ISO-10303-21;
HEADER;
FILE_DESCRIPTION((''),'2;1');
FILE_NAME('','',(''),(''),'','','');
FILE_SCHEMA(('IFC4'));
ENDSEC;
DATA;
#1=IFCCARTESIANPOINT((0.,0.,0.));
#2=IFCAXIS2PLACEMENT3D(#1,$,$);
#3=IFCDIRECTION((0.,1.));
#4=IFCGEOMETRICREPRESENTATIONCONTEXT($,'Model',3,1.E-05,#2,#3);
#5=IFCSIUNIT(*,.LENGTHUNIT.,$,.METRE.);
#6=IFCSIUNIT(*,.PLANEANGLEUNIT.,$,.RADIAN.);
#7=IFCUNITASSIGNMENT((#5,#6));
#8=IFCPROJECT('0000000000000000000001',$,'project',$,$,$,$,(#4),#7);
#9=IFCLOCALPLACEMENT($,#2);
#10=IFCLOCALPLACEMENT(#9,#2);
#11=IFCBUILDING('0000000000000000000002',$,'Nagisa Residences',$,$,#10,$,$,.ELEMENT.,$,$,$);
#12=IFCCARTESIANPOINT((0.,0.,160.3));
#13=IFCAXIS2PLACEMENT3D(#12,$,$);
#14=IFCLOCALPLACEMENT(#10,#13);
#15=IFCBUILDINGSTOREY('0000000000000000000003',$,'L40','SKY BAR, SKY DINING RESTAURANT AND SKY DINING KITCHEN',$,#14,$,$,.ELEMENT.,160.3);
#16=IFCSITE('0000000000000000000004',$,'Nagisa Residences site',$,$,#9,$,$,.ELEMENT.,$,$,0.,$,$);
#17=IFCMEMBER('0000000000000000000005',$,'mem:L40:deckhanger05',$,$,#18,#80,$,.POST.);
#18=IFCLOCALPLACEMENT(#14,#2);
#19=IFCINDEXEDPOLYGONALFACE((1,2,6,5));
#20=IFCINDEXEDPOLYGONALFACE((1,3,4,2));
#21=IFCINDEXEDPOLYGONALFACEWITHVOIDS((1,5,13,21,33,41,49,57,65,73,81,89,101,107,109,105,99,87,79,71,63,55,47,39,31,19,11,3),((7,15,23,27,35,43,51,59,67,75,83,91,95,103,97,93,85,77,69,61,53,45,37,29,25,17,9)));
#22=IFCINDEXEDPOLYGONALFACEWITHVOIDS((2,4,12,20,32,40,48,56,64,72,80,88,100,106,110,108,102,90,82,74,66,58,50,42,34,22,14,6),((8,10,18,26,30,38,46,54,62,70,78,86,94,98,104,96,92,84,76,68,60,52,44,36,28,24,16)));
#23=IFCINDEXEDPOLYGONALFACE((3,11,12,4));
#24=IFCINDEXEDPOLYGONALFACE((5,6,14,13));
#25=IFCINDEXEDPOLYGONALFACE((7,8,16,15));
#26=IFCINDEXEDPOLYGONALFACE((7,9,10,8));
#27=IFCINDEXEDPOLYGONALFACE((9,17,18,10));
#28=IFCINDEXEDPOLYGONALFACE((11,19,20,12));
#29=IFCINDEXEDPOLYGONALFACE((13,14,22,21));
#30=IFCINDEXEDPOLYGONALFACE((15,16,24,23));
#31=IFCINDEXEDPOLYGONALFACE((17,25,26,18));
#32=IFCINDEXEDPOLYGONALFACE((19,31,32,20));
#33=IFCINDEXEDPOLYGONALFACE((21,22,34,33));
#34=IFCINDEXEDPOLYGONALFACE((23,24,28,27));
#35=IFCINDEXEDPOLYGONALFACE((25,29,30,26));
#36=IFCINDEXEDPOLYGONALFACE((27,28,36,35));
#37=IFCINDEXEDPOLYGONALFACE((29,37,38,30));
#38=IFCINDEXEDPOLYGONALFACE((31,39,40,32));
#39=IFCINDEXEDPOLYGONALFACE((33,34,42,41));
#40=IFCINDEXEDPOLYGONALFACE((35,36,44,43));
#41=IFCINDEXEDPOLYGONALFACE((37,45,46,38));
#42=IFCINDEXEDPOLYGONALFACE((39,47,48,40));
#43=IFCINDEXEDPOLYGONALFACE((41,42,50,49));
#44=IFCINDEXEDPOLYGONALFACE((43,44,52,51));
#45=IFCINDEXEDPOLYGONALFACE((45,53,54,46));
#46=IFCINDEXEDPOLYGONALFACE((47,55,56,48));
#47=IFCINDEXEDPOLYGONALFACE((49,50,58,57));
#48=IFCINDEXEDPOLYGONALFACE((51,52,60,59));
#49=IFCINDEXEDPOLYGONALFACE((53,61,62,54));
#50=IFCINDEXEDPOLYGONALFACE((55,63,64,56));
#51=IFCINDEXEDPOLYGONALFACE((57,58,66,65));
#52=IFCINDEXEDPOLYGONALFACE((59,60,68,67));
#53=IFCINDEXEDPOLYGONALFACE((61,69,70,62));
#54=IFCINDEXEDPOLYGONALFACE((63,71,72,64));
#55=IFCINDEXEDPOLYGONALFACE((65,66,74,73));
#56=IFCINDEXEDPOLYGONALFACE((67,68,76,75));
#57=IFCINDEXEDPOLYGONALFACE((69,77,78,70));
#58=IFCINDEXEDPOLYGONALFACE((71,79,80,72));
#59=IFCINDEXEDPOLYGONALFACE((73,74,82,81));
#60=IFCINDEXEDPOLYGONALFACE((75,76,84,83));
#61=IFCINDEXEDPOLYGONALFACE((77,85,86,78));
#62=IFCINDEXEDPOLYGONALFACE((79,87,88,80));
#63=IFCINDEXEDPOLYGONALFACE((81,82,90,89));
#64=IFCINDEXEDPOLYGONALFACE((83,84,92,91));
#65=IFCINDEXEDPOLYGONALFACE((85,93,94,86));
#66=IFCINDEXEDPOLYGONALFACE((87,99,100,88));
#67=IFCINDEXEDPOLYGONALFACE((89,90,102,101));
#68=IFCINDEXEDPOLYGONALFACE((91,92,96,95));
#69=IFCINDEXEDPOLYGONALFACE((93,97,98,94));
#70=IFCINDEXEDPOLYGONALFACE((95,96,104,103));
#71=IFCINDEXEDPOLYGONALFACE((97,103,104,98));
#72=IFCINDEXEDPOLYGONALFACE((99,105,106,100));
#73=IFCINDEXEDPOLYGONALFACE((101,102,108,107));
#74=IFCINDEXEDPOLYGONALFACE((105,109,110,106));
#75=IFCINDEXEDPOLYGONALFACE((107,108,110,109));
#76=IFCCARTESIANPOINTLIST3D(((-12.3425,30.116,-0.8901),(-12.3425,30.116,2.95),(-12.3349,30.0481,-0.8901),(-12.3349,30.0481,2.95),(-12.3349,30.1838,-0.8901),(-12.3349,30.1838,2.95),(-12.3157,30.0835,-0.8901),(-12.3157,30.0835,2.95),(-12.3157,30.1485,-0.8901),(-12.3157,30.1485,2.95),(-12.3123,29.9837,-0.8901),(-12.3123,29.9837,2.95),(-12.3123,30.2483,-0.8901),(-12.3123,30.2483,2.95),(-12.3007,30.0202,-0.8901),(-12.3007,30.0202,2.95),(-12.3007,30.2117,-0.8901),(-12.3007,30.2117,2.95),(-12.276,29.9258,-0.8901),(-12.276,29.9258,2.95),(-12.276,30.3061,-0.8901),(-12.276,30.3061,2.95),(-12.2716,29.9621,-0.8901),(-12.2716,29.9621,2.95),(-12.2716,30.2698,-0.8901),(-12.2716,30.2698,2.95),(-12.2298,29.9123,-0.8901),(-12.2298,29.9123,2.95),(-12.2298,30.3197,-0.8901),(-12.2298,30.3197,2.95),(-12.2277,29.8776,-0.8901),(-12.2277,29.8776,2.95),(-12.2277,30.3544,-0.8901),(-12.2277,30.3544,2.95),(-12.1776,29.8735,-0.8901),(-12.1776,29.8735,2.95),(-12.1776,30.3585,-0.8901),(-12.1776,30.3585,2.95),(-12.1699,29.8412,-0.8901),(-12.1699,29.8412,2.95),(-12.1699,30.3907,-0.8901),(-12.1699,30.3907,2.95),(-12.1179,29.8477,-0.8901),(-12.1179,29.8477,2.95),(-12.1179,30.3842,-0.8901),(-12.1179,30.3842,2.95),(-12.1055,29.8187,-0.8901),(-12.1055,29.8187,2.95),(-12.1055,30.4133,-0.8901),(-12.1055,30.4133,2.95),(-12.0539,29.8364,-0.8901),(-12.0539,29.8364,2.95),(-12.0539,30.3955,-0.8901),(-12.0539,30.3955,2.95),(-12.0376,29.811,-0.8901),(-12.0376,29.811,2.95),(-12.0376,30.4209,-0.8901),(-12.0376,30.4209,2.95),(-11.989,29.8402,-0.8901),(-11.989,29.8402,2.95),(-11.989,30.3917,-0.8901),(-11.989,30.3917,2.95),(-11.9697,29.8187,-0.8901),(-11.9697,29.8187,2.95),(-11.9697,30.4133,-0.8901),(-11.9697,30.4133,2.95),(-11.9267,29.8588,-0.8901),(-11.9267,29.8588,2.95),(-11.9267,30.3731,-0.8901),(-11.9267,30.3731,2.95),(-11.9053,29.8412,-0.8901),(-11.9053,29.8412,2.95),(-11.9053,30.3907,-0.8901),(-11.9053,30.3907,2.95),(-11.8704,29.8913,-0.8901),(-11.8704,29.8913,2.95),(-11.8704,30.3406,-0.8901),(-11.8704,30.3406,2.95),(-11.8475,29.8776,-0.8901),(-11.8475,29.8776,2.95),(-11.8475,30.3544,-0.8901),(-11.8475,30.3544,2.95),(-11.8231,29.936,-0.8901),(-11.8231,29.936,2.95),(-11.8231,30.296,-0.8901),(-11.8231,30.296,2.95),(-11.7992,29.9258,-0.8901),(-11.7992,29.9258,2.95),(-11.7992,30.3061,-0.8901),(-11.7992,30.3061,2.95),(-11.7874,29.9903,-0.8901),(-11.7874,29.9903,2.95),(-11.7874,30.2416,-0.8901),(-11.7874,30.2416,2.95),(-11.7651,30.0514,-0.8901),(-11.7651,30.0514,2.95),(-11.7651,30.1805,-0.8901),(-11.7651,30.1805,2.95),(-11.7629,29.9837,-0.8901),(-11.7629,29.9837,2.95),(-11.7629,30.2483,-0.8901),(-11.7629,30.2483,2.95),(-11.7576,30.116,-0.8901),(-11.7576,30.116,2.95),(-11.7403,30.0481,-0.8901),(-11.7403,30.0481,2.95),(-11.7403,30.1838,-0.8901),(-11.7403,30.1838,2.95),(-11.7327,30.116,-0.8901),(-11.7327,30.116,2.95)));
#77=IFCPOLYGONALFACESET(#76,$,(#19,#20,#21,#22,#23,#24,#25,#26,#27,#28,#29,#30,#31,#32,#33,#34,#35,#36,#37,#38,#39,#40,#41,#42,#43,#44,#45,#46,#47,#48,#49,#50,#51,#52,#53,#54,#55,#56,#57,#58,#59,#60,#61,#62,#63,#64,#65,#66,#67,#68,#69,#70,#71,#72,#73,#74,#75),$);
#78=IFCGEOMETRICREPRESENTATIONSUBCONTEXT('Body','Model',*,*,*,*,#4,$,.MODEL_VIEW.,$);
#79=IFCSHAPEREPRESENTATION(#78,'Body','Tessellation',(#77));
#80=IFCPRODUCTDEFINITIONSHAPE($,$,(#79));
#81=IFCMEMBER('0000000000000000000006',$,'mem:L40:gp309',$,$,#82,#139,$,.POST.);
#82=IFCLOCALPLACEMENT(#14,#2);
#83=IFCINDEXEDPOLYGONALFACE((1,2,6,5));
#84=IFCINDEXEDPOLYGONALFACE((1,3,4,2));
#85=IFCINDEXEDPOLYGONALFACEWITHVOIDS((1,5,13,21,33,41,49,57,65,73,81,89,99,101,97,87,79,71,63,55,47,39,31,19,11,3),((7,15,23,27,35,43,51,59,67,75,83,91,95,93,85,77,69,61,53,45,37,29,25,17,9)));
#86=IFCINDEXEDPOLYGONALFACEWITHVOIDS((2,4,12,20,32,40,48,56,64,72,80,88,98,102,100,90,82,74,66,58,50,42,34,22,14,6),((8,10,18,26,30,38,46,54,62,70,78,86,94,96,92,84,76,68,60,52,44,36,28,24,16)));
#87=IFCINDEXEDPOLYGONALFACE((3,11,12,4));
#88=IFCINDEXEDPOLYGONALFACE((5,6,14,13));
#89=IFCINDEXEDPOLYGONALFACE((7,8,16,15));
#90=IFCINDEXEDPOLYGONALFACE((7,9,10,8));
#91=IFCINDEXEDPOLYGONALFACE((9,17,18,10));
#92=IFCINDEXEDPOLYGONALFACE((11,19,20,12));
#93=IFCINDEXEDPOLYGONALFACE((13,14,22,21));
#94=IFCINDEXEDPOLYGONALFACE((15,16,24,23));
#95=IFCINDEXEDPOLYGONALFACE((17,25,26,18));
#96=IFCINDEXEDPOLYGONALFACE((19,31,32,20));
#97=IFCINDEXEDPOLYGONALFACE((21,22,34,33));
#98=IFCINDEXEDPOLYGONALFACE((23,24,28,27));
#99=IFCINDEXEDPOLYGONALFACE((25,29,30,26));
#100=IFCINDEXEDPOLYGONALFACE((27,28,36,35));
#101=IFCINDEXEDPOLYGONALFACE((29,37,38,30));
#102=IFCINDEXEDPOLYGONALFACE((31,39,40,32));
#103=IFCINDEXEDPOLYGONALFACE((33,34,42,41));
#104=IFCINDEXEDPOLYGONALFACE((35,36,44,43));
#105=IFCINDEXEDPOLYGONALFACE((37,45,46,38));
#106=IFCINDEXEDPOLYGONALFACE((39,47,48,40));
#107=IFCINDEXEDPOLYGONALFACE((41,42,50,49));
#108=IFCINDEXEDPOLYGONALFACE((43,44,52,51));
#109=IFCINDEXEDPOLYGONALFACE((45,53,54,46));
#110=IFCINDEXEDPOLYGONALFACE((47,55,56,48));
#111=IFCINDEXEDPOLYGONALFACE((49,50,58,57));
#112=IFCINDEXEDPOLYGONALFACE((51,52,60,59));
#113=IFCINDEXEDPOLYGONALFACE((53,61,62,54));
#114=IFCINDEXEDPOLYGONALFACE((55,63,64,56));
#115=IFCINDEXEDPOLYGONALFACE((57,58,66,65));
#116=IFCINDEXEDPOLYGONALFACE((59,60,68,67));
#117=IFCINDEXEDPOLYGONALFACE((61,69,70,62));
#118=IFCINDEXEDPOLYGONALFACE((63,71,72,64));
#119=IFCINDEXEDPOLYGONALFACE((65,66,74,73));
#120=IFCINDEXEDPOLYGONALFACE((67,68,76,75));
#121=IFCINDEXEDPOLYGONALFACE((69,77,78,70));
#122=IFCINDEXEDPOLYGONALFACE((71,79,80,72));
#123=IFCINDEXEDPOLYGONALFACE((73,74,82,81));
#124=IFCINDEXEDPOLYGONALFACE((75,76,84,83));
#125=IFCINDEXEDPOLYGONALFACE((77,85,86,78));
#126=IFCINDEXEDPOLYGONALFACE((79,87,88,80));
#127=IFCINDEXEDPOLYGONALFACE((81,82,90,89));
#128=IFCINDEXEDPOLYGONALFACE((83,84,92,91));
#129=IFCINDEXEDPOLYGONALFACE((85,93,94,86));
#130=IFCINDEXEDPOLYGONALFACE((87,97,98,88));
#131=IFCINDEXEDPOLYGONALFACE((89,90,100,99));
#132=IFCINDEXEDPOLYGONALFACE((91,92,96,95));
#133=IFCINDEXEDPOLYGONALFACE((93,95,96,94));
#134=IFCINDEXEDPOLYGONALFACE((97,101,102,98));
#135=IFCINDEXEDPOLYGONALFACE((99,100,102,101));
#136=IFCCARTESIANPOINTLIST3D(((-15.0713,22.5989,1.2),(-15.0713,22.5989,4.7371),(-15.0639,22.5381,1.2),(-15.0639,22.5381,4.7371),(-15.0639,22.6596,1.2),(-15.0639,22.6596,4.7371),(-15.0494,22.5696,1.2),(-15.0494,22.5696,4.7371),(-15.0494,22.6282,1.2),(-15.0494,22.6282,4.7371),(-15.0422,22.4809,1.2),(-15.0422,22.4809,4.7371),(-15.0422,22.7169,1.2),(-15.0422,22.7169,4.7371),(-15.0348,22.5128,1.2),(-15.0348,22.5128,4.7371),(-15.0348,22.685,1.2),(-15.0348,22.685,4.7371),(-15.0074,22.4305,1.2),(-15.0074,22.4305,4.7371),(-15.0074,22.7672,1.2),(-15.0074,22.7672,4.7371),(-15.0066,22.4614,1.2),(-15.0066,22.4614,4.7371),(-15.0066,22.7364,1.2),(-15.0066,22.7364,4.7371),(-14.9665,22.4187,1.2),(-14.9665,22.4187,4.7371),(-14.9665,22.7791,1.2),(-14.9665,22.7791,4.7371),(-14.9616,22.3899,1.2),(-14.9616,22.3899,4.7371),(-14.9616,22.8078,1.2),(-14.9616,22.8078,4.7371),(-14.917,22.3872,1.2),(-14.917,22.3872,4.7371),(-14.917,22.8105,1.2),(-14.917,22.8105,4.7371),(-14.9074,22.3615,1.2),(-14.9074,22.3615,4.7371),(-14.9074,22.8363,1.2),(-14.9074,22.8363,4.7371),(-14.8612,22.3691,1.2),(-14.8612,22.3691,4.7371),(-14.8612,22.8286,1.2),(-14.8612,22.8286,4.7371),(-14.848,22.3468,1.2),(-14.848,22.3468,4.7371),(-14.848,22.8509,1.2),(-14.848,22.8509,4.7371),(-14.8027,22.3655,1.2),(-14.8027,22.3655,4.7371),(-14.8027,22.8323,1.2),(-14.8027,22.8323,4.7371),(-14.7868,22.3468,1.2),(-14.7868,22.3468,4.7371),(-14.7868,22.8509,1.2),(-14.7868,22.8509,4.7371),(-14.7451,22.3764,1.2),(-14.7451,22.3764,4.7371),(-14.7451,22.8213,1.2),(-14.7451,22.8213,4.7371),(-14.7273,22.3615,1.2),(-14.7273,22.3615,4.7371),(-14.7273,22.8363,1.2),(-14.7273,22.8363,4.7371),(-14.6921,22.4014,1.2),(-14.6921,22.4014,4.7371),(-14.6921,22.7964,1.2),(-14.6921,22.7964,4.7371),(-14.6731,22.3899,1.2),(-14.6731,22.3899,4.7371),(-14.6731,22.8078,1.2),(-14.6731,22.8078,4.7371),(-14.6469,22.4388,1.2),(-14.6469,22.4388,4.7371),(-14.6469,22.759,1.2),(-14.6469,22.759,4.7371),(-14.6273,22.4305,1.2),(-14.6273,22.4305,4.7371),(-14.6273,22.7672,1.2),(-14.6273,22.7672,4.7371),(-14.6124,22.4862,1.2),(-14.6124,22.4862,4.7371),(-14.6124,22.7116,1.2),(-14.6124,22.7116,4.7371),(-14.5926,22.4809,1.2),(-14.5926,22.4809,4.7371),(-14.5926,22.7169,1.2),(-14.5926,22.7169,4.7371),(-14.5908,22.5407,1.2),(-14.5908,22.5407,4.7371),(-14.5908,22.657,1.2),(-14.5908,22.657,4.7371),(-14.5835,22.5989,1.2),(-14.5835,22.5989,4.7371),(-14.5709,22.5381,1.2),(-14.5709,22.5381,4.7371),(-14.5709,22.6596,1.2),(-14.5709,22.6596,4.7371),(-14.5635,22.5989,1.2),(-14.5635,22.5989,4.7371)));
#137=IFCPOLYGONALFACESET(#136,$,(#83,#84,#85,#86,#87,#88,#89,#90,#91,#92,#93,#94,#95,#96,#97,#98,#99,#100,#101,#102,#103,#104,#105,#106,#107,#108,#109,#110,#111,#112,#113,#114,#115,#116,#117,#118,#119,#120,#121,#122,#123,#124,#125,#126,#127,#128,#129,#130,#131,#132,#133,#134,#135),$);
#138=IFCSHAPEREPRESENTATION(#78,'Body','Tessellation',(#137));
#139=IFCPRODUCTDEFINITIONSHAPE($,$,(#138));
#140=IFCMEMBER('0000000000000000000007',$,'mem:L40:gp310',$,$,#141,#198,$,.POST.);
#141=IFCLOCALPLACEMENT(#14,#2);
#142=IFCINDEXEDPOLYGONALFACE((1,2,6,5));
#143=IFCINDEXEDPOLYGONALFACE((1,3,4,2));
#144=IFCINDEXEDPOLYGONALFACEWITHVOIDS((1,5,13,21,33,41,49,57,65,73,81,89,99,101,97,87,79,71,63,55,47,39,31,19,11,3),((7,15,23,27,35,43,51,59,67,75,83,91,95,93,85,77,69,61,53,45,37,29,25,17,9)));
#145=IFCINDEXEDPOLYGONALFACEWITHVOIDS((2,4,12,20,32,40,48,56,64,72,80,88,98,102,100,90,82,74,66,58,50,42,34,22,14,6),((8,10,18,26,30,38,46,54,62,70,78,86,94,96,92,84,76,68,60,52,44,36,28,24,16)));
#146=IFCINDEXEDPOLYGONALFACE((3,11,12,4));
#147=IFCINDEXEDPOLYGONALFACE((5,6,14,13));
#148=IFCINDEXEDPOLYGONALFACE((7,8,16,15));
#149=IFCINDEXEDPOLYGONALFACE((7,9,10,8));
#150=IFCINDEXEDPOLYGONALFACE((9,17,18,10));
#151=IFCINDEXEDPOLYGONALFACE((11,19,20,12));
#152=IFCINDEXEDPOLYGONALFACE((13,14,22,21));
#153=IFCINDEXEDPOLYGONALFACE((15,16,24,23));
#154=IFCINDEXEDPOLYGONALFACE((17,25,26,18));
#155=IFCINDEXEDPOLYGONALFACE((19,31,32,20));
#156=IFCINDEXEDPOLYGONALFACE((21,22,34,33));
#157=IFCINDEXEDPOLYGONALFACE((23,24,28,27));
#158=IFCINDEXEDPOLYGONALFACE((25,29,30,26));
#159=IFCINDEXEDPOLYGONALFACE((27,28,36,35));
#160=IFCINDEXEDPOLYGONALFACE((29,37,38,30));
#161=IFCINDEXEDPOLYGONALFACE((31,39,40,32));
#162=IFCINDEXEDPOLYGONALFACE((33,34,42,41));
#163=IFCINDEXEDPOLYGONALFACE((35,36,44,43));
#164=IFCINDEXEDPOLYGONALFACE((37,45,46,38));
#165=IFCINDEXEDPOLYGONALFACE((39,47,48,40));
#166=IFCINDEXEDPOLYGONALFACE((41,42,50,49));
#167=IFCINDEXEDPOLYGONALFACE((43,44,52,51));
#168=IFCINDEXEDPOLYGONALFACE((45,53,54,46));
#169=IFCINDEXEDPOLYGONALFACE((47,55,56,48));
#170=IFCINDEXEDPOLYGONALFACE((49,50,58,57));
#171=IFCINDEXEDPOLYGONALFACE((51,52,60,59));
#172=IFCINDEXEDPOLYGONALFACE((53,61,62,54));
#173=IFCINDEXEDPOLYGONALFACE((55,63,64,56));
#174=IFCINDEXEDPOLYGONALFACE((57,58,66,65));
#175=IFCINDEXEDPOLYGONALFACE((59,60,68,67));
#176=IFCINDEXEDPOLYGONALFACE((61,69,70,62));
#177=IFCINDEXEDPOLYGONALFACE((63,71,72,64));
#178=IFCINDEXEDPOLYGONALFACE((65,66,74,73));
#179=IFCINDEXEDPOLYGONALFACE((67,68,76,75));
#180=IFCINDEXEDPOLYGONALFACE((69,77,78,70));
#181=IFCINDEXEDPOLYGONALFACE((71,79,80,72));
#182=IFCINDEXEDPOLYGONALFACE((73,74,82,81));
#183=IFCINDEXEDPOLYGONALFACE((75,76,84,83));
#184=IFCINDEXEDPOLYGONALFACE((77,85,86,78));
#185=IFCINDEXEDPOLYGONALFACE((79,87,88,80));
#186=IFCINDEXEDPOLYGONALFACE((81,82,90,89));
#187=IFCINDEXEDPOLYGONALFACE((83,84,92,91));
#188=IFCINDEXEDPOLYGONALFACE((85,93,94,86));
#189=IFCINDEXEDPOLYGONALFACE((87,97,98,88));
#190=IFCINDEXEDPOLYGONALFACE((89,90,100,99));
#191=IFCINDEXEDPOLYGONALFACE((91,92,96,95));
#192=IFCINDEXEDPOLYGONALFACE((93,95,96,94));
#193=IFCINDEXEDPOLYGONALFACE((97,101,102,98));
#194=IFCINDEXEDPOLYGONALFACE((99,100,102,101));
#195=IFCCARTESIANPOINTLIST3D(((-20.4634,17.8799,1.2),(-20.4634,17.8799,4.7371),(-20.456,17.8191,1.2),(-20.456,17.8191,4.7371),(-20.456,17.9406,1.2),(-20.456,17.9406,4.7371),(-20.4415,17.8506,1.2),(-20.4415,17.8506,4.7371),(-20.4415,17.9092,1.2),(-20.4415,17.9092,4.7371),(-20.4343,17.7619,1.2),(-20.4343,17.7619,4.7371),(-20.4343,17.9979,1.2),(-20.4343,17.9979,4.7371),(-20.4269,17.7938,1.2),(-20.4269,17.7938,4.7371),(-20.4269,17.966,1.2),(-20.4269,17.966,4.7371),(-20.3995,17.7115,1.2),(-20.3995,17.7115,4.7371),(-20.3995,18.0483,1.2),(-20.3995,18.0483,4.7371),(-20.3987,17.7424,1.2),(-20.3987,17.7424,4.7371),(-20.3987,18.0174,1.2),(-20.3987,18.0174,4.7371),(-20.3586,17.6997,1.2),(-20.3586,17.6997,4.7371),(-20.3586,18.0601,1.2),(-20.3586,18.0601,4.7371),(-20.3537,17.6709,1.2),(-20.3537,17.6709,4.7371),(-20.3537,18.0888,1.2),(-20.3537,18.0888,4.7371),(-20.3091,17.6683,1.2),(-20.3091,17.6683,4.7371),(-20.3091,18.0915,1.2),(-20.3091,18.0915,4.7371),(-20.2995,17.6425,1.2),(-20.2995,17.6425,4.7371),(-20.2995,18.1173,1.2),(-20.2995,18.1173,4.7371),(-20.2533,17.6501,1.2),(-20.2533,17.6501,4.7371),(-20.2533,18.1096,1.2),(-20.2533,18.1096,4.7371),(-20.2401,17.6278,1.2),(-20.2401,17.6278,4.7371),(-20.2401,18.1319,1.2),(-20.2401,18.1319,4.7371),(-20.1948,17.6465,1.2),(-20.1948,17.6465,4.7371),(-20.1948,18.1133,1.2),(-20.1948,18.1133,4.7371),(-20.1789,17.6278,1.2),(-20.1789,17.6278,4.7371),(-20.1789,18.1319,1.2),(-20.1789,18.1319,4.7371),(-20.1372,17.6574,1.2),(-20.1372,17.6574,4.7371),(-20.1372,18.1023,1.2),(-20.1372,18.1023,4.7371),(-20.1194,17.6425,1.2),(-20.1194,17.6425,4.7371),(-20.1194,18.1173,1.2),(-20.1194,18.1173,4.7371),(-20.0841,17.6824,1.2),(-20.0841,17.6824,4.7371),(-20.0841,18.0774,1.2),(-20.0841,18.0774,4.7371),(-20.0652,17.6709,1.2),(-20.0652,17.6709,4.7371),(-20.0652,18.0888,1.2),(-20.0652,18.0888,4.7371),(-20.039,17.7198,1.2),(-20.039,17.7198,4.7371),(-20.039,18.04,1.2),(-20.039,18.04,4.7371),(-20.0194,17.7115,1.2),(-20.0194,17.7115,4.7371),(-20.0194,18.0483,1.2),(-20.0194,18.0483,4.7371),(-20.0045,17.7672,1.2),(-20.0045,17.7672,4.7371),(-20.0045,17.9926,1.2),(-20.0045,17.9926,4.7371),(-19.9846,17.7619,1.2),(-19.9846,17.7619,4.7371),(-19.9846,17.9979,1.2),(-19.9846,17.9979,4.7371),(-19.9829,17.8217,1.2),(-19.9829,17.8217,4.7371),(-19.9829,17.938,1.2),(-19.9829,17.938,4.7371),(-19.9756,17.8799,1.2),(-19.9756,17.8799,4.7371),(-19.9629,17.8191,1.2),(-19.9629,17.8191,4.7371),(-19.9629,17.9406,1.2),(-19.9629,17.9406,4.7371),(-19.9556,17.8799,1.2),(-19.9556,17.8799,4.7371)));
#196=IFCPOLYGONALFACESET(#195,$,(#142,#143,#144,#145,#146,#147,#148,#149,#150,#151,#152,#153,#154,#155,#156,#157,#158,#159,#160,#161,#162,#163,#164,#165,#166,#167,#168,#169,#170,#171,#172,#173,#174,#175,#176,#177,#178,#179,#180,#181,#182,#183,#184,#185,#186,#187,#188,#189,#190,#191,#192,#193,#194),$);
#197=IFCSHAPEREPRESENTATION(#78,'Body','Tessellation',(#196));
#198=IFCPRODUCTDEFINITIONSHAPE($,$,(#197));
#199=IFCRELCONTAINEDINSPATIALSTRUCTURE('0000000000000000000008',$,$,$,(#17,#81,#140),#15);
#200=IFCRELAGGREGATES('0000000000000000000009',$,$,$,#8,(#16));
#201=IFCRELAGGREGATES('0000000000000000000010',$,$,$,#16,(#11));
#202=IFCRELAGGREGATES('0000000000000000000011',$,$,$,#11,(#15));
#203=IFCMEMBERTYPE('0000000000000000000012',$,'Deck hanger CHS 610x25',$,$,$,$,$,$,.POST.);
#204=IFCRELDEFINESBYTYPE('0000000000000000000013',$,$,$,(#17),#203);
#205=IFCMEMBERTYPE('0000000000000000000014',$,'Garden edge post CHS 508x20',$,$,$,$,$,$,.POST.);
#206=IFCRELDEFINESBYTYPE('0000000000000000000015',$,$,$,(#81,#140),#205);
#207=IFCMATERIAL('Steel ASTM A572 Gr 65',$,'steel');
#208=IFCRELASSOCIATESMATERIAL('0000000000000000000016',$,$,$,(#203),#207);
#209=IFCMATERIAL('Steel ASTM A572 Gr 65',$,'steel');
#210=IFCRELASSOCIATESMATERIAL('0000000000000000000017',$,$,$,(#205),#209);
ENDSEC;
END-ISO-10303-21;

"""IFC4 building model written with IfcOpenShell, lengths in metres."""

from ifc_helpers import new_model, si_unit, direction, frame, origin, origin_2d, place, context, subcontext, project, spatial, hollow_circle, extrude, material, material_profile, profile_set, type_object, element, save


model = new_model("IFC4")

# Units and contexts
model_context = context("Model", 3, precision=1e-05, world=origin(), true_north=direction((0.0, 1.0)))
body_context = subcontext(model_context, "Body", "Model", "MODEL_VIEW")
ifc_project = project(units=[si_unit("LENGTHUNIT", "METRE"), si_unit("PLANEANGLEUNIT", "RADIAN")], contexts=[model_context])

# Site, building, storey
site_placement = place(None, origin())
site = spatial("IfcSite", under=ifc_project, at=site_placement, Name="Nagisa Residences site", CompositionType="ELEMENT", RefElevation=0.0)
building_placement = place(site_placement, origin())
building = spatial("IfcBuilding", under=site, at=building_placement, Name="Nagisa Residences", CompositionType="ELEMENT")
storey_placement = place(building_placement, frame((0.0, 0.0, 160.3)))
storey = spatial("IfcBuildingStorey", under=building, at=storey_placement, Name="L40", Description="SKY BAR, SKY DINING RESTAURANT AND SKY DINING KITCHEN", CompositionType="ELEMENT", Elevation=160.3)

# Members
ifc_material_1 = material(Name="Steel ASTM A572 Gr 65", Category="steel")
ifc_material_profile_1 = material_profile(ifc_material_1, hollow_circle(Radius=0.3049, WallThickness=0.0249, at=origin_2d()), Name="CHS 610x25")
ifc_profile_set_1 = profile_set([ifc_material_profile_1], Name="Steel ASTM A572 Gr 65")
member_type_1 = type_object("IfcMemberType", Name="Deck hanger CHS 610x25", PredefinedType="POST", material=ifc_profile_set_1)
member_1_placement = place(storey_placement, frame((-12.0376, 30.116, 2.95), z_axis=(0.0, 0.0, -1.0), x_axis=(1.0, 0.0, 0.0)))
element("IfcMember", 1, at=member_1_placement, inside=storey, type_object=member_type_1, Name="mem:L40:deckhanger05", PredefinedType="POST", context=body_context, shape_type="SweptSolid", body=[
    extrude(hollow_circle(Radius=0.3049, WallThickness=0.0249, at=origin_2d()), origin(), (0.0, 0.0, 1.0), 3.8401),
])
ifc_material_2 = material(Name="Steel ASTM A572 Gr 65", Category="steel")
ifc_material_profile_2 = material_profile(ifc_material_2, hollow_circle(Radius=0.2539, WallThickness=0.02, at=origin_2d()), Name="CHS 508x20")
ifc_profile_set_2 = profile_set([ifc_material_profile_2], Name="Steel ASTM A572 Gr 65")
member_type_2 = type_object("IfcMemberType", Name="Garden edge post CHS 508x20", PredefinedType="POST", material=ifc_profile_set_2)
for number, where, z_axis, x_axis, name in (
    (2, (-14.8174, 22.5989, 1.2), (0.0, 0.0, 1.0), (1.0, 0.0, 0.0), "mem:L40:gp309"),
    (3, (-20.2095, 17.8799, 1.2), (0.0, 0.0, 1.0), (1.0, 0.0, 0.0), "mem:L40:gp310"),
):
    element("IfcMember", number, at=place(storey_placement, frame(where, z_axis=z_axis, x_axis=x_axis)), inside=storey, type_object=member_type_2, Name=name, PredefinedType="POST", context=body_context, shape_type="SweptSolid", body=[
        extrude(hollow_circle(Radius=0.2539, WallThickness=0.02, at=origin_2d()), origin(), (0.0, 0.0, 1.0), 3.5371),
    ])

save(model, "model.ifc")
